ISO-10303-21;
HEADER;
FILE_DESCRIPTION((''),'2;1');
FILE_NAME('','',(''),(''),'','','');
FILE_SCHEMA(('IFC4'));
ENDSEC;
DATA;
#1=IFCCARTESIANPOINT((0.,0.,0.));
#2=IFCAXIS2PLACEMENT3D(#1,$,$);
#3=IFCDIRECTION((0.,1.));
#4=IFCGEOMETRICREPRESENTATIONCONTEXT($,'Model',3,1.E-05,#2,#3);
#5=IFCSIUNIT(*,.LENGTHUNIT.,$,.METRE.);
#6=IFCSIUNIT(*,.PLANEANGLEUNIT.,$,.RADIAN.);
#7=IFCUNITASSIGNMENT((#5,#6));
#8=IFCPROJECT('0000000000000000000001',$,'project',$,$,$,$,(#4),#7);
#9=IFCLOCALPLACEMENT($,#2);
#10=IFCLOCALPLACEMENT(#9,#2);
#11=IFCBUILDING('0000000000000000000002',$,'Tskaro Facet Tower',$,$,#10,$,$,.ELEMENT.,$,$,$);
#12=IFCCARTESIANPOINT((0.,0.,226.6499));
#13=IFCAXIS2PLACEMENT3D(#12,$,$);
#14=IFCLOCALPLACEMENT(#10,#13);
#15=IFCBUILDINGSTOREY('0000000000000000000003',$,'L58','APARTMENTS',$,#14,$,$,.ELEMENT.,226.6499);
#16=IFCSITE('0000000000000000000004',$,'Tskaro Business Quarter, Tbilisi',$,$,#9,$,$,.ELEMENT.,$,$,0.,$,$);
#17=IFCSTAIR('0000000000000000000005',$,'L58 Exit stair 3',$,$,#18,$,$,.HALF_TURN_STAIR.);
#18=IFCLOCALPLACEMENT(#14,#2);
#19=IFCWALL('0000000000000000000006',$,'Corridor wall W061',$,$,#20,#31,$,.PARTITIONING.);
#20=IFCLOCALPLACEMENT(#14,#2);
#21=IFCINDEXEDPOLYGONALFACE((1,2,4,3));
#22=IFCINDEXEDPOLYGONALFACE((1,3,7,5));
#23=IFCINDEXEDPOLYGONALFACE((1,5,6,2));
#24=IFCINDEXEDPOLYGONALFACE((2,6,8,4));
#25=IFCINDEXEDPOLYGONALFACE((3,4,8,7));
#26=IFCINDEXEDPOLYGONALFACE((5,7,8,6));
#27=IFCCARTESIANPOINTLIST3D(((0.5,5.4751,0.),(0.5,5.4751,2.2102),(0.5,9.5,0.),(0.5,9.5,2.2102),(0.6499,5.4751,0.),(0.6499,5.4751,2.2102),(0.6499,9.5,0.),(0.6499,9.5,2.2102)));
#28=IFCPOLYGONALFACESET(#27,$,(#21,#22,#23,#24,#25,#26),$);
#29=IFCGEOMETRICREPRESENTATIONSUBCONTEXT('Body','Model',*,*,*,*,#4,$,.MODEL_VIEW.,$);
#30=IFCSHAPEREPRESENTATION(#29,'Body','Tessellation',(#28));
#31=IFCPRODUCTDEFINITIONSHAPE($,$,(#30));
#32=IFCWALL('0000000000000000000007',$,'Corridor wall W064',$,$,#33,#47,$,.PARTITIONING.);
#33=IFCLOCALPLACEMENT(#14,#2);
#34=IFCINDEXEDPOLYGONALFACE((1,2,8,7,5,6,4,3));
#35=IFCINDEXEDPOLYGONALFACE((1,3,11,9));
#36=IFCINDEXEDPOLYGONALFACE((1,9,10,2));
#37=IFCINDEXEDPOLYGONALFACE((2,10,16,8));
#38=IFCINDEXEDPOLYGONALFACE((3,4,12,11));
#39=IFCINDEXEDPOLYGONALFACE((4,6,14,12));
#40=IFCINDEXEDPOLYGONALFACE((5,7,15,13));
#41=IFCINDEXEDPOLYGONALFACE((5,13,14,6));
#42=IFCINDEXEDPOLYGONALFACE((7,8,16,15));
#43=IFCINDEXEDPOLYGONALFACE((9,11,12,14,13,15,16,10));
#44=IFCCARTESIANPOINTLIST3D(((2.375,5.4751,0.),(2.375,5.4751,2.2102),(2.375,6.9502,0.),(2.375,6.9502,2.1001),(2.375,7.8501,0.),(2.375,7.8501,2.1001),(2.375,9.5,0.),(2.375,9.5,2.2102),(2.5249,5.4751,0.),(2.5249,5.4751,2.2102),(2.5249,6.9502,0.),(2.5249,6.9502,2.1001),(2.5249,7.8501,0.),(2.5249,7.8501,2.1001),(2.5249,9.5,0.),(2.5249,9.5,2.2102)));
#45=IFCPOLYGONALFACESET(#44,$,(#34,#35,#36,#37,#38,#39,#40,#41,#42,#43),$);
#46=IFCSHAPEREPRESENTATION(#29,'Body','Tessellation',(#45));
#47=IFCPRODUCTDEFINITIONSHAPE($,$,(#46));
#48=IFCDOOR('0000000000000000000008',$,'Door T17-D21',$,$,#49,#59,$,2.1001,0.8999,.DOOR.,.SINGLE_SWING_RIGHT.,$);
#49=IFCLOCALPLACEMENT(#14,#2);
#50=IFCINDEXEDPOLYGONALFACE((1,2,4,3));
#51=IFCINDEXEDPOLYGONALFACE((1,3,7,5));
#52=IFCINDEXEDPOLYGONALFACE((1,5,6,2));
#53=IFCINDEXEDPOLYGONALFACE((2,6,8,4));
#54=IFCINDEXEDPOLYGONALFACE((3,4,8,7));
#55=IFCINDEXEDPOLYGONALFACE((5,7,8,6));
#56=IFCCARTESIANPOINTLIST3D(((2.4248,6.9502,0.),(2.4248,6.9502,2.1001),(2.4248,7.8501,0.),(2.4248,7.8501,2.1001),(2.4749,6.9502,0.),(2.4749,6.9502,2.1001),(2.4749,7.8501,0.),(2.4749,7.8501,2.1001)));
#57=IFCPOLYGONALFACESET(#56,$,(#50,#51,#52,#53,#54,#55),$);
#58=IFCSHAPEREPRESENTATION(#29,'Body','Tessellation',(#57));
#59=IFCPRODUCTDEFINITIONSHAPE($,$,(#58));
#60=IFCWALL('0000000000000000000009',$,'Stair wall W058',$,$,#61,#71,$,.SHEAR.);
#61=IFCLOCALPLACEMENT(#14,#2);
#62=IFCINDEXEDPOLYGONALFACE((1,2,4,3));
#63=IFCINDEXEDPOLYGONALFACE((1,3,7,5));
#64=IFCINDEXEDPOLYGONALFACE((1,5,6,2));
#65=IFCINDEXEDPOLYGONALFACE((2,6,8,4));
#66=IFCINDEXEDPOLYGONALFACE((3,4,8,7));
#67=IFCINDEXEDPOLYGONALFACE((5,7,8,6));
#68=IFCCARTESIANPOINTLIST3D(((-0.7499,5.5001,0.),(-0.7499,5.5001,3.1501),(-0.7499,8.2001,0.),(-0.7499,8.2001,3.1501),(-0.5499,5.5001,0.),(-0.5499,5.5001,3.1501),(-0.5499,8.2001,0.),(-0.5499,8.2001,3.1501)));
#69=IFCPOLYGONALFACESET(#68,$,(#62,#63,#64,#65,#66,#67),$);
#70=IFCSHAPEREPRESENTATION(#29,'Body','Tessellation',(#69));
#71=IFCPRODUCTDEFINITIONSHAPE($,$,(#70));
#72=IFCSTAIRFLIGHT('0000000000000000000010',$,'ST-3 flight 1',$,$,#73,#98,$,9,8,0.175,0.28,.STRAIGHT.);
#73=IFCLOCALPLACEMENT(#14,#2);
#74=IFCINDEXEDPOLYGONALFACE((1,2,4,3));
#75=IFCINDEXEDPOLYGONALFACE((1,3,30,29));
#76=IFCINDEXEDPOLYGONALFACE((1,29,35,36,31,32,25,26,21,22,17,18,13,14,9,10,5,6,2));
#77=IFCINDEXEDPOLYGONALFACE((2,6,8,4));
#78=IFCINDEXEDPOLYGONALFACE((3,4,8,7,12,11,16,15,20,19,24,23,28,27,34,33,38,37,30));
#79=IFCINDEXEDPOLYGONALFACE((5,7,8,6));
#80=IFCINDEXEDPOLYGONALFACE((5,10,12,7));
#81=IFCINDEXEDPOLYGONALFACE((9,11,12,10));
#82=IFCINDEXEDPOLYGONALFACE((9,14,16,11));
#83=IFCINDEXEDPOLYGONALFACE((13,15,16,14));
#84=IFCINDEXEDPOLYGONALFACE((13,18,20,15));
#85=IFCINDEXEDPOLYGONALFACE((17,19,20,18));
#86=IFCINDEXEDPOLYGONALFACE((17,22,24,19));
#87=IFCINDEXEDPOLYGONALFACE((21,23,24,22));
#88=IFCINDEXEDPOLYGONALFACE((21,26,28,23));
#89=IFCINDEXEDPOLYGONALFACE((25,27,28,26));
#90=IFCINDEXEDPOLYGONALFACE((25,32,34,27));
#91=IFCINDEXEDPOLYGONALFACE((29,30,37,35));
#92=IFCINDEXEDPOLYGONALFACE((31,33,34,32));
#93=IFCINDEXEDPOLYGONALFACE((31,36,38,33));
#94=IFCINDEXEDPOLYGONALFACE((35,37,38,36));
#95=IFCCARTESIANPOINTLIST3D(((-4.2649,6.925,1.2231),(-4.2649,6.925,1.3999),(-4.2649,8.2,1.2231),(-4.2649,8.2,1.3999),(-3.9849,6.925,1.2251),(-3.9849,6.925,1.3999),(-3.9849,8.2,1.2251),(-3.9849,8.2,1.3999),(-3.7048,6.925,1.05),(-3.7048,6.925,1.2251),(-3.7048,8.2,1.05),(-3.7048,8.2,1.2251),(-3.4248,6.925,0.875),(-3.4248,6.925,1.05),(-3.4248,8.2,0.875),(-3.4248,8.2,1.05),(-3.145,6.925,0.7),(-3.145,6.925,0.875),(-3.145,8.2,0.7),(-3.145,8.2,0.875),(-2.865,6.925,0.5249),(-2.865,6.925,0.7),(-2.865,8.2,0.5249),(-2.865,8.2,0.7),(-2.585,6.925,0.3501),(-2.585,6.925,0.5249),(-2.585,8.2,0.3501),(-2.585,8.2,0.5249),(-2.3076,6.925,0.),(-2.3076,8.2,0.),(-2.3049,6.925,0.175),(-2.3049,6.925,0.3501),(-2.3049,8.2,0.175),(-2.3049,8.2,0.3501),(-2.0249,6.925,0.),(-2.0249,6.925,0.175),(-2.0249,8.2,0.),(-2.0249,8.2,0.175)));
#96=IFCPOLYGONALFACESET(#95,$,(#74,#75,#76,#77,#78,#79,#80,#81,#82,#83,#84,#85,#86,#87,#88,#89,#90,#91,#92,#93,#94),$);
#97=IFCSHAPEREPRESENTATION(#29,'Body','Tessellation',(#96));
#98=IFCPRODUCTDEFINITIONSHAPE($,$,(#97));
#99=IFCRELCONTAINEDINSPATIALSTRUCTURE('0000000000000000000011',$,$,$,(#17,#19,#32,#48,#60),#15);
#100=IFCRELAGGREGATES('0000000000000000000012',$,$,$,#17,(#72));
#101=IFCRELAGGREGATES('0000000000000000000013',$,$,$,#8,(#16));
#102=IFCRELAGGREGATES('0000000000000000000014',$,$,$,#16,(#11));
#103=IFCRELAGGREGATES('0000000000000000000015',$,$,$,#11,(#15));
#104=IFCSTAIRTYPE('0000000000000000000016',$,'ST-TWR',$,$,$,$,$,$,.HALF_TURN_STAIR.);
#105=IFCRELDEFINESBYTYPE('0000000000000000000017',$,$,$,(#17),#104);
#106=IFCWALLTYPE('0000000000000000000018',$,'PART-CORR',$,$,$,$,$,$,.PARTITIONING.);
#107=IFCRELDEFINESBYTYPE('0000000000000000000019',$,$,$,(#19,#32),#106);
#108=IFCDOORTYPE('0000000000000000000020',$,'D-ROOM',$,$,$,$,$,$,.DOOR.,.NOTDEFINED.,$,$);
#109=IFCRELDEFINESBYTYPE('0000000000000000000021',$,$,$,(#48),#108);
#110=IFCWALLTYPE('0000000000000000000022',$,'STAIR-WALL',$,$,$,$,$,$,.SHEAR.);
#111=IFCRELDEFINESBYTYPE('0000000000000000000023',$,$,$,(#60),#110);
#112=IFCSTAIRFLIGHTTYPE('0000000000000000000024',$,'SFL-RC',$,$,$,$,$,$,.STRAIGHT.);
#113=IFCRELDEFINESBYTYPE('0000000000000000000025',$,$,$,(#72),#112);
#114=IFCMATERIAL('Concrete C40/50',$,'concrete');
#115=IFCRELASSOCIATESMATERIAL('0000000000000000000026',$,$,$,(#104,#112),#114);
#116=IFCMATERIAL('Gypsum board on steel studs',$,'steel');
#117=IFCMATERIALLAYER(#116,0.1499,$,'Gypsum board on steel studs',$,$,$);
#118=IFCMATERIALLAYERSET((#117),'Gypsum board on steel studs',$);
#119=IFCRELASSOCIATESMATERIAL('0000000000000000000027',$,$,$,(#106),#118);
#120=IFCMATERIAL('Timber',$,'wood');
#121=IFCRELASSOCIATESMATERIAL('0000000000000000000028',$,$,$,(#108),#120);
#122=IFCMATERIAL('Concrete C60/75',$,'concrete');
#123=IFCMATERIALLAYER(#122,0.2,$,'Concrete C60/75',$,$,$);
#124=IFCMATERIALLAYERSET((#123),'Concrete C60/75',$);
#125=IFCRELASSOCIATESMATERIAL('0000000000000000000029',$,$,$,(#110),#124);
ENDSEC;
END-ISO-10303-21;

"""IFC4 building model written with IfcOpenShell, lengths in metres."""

from ifc_helpers import new_model, si_unit, direction, frame, frame_2d, origin, place, context, subcontext, project, spatial, polyline, rectangle, outline, extrude, material, layer, layer_set, type_object, element, fill, aggregate, save


model = new_model("IFC4")

# Units and contexts
model_context = context("Model", 3, precision=1e-05, world=origin(), true_north=direction((0.0, 1.0)))
body_context = subcontext(model_context, "Body", "Model", "MODEL_VIEW")
ifc_project = project(units=[si_unit("LENGTHUNIT", "METRE"), si_unit("PLANEANGLEUNIT", "RADIAN")], contexts=[model_context])

# Site, building, storey
site_placement = place(None, origin())
site = spatial("IfcSite", under=ifc_project, at=site_placement, Name="Tskaro Business Quarter, Tbilisi", CompositionType="ELEMENT", RefElevation=0.0)
building_placement = place(site_placement, origin())
building = spatial("IfcBuilding", under=site, at=building_placement, Name="Tskaro Facet Tower", CompositionType="ELEMENT")
storey_placement = place(building_placement, frame((0.0, 0.0, 226.6499)))
storey = spatial("IfcBuildingStorey", under=building, at=storey_placement, Name="L58", Description="APARTMENTS", CompositionType="ELEMENT", Elevation=226.6499)

# Stair
ifc_material_1 = material(Name="Concrete C40/50", Category="concrete")
stair_type = type_object("IfcStairType", Name="ST-TWR", PredefinedType="HALF_TURN_STAIR", material=ifc_material_1)
stair_1_placement = place(storey_placement, origin())
stair_1 = element("IfcStair", 1, at=stair_1_placement, inside=storey, type_object=stair_type, Name="L58 Exit stair 3", PredefinedType="HALF_TURN_STAIR")

# Shared definitions
ifc_material_2 = material(Name="Concrete C60/75", Category="concrete")

# Wall
ifc_material_3 = material(Name="Gypsum board on steel studs", Category="steel")
ifc_layer_1 = layer(ifc_material_3, 0.1499, Name="Gypsum board on steel studs")
ifc_layer_set_1 = layer_set([ifc_layer_1], Name="Gypsum board on steel studs")
wall_type_1 = type_object("IfcWallType", Name="PART-CORR", PredefinedType="PARTITIONING", material=ifc_layer_set_1)
wall_1_placement = place(storey_placement, frame((0.575, 5.4751, 0.0), z_axis=(0.0, 0.0, 1.0), x_axis=(0.0, 1.0, 0.0)))
element("IfcWall", 2, at=wall_1_placement, inside=storey, type_object=wall_type_1, Name="Corridor wall W061", PredefinedType="PARTITIONING", context=body_context, shape_type="SweptSolid", body=[
    extrude(rectangle(XDim=4.0249, YDim=0.1499, at=frame_2d((2.0125, 0.0))), origin(), (0.0, 0.0, 1.0), 2.2102),
])

# Wall, opening, door
wall_2_placement = place(storey_placement, frame((2.45, 9.5, 0.0), z_axis=(0.0, 0.0, 1.0), x_axis=(0.0, -1.0, 0.0)))
wall_2 = element("IfcWall", 3, at=wall_2_placement, inside=storey, type_object=wall_type_1, Name="Corridor wall W064", PredefinedType="PARTITIONING", context=body_context, shape_type="SweptSolid", body=[
    extrude(rectangle(XDim=4.0249, YDim=0.1499, at=frame_2d((2.0125, 0.0))), origin(), (0.0, 0.0, 1.0), 2.2102),
])
opening_placement = place(wall_2_placement, frame((1.6499, 0.0, 0.0)))
opening = element("IfcOpeningElement", 4, at=opening_placement, cuts=wall_2, PredefinedType="OPENING", context=body_context, shape_type="SweptSolid", body=[
    extrude(rectangle(XDim=0.8999, YDim=2.1001, at=frame_2d((0.45, 1.05))), frame((0.0, 0.085, 0.0), z_axis=(0.0, -1.0, 0.0), x_axis=(1.0, 0.0, 0.0)), (0.0, 0.0, 1.0), 0.1699),
])
ifc_material_4 = material(Name="Timber", Category="wood")
door_type = type_object("IfcDoorType", Name="D-ROOM", OperationType="NOTDEFINED", PredefinedType="DOOR", material=ifc_material_4)
door_placement = place(opening_placement, origin())
door = element("IfcDoor", 5, at=door_placement, inside=storey, type_object=door_type, Name="Door T17-D21", OperationType="SINGLE_SWING_RIGHT", OverallHeight=2.1001, OverallWidth=0.8999, PredefinedType="DOOR", context=body_context, shape_type="SweptSolid", body=[
    extrude(rectangle(XDim=0.8999, YDim=2.1001, at=frame_2d((0.45, 1.05))), frame((0.0, 0.0249, 0.0), z_axis=(0.0, -1.0, 0.0), x_axis=(1.0, 0.0, 0.0)), (0.0, 0.0, 1.0), 0.05),
])
fill(opening, door)

# Wall
ifc_layer_2 = layer(ifc_material_2, 0.2, Name="Concrete C60/75")
ifc_layer_set_2 = layer_set([ifc_layer_2], Name="Concrete C60/75")
wall_type_2 = type_object("IfcWallType", Name="STAIR-WALL", PredefinedType="SHEAR", material=ifc_layer_set_2)
wall_3_placement = place(storey_placement, frame((-0.6499, 5.5, 0.0), z_axis=(0.0, 0.0, 1.0), x_axis=(0.0, 1.0, 0.0)))
element("IfcWall", 6, at=wall_3_placement, inside=storey, type_object=wall_type_2, Name="Stair wall W058", PredefinedType="SHEAR", context=body_context, shape_type="SweptSolid", body=[
    extrude(rectangle(XDim=2.7, YDim=0.2, at=frame_2d((1.3501, 0.0))), origin(), (0.0, 0.0, 1.0), 3.1501),
])

# Stair flight
stair_flight_type = type_object("IfcStairFlightType", Name="SFL-RC", PredefinedType="STRAIGHT", material=ifc_material_1)
stair_flight_placement = place(storey_placement, frame((-2.0249, 7.5625, 0.0), z_axis=(0.0, 0.0, 1.0), x_axis=(-1.0, 0.0, 0.0)))
stair_flight = element("IfcStairFlight", 7, at=stair_flight_placement, type_object=stair_flight_type, Name="ST-3 flight 1", NumberOfRisers=9, NumberOfTreads=8, PredefinedType="STRAIGHT", RiserHeight=0.175, TreadLength=0.28, context=body_context, shape_type="SweptSolid", body=[
    extrude(outline(polyline([(0.0, 0.0), (0.0, 0.175), (0.28, 0.175), (0.28, 0.3501), (0.5601, 0.3501), (0.5601, 0.5249), (0.8401, 0.5249), (0.8401, 0.7), (1.1201, 0.7), (1.1201, 0.875), (1.3999, 0.875), (1.3999, 1.05), (1.6799, 1.05), (1.6799, 1.2251), (1.96, 1.2251), (1.96, 1.3999), (2.24, 1.3999), (2.24, 1.575), (2.24, 1.2231), (0.2827, 0.0), (0.0, 0.0)])), frame((0.0, 0.6375, 0.0), z_axis=(0.0, -1.0, 0.0), x_axis=(1.0, 0.0, 0.0)), (0.0, 0.0, 1.0), 1.2749),
])
aggregate(stair_1, [stair_flight])

save(model, "model.ifc")
